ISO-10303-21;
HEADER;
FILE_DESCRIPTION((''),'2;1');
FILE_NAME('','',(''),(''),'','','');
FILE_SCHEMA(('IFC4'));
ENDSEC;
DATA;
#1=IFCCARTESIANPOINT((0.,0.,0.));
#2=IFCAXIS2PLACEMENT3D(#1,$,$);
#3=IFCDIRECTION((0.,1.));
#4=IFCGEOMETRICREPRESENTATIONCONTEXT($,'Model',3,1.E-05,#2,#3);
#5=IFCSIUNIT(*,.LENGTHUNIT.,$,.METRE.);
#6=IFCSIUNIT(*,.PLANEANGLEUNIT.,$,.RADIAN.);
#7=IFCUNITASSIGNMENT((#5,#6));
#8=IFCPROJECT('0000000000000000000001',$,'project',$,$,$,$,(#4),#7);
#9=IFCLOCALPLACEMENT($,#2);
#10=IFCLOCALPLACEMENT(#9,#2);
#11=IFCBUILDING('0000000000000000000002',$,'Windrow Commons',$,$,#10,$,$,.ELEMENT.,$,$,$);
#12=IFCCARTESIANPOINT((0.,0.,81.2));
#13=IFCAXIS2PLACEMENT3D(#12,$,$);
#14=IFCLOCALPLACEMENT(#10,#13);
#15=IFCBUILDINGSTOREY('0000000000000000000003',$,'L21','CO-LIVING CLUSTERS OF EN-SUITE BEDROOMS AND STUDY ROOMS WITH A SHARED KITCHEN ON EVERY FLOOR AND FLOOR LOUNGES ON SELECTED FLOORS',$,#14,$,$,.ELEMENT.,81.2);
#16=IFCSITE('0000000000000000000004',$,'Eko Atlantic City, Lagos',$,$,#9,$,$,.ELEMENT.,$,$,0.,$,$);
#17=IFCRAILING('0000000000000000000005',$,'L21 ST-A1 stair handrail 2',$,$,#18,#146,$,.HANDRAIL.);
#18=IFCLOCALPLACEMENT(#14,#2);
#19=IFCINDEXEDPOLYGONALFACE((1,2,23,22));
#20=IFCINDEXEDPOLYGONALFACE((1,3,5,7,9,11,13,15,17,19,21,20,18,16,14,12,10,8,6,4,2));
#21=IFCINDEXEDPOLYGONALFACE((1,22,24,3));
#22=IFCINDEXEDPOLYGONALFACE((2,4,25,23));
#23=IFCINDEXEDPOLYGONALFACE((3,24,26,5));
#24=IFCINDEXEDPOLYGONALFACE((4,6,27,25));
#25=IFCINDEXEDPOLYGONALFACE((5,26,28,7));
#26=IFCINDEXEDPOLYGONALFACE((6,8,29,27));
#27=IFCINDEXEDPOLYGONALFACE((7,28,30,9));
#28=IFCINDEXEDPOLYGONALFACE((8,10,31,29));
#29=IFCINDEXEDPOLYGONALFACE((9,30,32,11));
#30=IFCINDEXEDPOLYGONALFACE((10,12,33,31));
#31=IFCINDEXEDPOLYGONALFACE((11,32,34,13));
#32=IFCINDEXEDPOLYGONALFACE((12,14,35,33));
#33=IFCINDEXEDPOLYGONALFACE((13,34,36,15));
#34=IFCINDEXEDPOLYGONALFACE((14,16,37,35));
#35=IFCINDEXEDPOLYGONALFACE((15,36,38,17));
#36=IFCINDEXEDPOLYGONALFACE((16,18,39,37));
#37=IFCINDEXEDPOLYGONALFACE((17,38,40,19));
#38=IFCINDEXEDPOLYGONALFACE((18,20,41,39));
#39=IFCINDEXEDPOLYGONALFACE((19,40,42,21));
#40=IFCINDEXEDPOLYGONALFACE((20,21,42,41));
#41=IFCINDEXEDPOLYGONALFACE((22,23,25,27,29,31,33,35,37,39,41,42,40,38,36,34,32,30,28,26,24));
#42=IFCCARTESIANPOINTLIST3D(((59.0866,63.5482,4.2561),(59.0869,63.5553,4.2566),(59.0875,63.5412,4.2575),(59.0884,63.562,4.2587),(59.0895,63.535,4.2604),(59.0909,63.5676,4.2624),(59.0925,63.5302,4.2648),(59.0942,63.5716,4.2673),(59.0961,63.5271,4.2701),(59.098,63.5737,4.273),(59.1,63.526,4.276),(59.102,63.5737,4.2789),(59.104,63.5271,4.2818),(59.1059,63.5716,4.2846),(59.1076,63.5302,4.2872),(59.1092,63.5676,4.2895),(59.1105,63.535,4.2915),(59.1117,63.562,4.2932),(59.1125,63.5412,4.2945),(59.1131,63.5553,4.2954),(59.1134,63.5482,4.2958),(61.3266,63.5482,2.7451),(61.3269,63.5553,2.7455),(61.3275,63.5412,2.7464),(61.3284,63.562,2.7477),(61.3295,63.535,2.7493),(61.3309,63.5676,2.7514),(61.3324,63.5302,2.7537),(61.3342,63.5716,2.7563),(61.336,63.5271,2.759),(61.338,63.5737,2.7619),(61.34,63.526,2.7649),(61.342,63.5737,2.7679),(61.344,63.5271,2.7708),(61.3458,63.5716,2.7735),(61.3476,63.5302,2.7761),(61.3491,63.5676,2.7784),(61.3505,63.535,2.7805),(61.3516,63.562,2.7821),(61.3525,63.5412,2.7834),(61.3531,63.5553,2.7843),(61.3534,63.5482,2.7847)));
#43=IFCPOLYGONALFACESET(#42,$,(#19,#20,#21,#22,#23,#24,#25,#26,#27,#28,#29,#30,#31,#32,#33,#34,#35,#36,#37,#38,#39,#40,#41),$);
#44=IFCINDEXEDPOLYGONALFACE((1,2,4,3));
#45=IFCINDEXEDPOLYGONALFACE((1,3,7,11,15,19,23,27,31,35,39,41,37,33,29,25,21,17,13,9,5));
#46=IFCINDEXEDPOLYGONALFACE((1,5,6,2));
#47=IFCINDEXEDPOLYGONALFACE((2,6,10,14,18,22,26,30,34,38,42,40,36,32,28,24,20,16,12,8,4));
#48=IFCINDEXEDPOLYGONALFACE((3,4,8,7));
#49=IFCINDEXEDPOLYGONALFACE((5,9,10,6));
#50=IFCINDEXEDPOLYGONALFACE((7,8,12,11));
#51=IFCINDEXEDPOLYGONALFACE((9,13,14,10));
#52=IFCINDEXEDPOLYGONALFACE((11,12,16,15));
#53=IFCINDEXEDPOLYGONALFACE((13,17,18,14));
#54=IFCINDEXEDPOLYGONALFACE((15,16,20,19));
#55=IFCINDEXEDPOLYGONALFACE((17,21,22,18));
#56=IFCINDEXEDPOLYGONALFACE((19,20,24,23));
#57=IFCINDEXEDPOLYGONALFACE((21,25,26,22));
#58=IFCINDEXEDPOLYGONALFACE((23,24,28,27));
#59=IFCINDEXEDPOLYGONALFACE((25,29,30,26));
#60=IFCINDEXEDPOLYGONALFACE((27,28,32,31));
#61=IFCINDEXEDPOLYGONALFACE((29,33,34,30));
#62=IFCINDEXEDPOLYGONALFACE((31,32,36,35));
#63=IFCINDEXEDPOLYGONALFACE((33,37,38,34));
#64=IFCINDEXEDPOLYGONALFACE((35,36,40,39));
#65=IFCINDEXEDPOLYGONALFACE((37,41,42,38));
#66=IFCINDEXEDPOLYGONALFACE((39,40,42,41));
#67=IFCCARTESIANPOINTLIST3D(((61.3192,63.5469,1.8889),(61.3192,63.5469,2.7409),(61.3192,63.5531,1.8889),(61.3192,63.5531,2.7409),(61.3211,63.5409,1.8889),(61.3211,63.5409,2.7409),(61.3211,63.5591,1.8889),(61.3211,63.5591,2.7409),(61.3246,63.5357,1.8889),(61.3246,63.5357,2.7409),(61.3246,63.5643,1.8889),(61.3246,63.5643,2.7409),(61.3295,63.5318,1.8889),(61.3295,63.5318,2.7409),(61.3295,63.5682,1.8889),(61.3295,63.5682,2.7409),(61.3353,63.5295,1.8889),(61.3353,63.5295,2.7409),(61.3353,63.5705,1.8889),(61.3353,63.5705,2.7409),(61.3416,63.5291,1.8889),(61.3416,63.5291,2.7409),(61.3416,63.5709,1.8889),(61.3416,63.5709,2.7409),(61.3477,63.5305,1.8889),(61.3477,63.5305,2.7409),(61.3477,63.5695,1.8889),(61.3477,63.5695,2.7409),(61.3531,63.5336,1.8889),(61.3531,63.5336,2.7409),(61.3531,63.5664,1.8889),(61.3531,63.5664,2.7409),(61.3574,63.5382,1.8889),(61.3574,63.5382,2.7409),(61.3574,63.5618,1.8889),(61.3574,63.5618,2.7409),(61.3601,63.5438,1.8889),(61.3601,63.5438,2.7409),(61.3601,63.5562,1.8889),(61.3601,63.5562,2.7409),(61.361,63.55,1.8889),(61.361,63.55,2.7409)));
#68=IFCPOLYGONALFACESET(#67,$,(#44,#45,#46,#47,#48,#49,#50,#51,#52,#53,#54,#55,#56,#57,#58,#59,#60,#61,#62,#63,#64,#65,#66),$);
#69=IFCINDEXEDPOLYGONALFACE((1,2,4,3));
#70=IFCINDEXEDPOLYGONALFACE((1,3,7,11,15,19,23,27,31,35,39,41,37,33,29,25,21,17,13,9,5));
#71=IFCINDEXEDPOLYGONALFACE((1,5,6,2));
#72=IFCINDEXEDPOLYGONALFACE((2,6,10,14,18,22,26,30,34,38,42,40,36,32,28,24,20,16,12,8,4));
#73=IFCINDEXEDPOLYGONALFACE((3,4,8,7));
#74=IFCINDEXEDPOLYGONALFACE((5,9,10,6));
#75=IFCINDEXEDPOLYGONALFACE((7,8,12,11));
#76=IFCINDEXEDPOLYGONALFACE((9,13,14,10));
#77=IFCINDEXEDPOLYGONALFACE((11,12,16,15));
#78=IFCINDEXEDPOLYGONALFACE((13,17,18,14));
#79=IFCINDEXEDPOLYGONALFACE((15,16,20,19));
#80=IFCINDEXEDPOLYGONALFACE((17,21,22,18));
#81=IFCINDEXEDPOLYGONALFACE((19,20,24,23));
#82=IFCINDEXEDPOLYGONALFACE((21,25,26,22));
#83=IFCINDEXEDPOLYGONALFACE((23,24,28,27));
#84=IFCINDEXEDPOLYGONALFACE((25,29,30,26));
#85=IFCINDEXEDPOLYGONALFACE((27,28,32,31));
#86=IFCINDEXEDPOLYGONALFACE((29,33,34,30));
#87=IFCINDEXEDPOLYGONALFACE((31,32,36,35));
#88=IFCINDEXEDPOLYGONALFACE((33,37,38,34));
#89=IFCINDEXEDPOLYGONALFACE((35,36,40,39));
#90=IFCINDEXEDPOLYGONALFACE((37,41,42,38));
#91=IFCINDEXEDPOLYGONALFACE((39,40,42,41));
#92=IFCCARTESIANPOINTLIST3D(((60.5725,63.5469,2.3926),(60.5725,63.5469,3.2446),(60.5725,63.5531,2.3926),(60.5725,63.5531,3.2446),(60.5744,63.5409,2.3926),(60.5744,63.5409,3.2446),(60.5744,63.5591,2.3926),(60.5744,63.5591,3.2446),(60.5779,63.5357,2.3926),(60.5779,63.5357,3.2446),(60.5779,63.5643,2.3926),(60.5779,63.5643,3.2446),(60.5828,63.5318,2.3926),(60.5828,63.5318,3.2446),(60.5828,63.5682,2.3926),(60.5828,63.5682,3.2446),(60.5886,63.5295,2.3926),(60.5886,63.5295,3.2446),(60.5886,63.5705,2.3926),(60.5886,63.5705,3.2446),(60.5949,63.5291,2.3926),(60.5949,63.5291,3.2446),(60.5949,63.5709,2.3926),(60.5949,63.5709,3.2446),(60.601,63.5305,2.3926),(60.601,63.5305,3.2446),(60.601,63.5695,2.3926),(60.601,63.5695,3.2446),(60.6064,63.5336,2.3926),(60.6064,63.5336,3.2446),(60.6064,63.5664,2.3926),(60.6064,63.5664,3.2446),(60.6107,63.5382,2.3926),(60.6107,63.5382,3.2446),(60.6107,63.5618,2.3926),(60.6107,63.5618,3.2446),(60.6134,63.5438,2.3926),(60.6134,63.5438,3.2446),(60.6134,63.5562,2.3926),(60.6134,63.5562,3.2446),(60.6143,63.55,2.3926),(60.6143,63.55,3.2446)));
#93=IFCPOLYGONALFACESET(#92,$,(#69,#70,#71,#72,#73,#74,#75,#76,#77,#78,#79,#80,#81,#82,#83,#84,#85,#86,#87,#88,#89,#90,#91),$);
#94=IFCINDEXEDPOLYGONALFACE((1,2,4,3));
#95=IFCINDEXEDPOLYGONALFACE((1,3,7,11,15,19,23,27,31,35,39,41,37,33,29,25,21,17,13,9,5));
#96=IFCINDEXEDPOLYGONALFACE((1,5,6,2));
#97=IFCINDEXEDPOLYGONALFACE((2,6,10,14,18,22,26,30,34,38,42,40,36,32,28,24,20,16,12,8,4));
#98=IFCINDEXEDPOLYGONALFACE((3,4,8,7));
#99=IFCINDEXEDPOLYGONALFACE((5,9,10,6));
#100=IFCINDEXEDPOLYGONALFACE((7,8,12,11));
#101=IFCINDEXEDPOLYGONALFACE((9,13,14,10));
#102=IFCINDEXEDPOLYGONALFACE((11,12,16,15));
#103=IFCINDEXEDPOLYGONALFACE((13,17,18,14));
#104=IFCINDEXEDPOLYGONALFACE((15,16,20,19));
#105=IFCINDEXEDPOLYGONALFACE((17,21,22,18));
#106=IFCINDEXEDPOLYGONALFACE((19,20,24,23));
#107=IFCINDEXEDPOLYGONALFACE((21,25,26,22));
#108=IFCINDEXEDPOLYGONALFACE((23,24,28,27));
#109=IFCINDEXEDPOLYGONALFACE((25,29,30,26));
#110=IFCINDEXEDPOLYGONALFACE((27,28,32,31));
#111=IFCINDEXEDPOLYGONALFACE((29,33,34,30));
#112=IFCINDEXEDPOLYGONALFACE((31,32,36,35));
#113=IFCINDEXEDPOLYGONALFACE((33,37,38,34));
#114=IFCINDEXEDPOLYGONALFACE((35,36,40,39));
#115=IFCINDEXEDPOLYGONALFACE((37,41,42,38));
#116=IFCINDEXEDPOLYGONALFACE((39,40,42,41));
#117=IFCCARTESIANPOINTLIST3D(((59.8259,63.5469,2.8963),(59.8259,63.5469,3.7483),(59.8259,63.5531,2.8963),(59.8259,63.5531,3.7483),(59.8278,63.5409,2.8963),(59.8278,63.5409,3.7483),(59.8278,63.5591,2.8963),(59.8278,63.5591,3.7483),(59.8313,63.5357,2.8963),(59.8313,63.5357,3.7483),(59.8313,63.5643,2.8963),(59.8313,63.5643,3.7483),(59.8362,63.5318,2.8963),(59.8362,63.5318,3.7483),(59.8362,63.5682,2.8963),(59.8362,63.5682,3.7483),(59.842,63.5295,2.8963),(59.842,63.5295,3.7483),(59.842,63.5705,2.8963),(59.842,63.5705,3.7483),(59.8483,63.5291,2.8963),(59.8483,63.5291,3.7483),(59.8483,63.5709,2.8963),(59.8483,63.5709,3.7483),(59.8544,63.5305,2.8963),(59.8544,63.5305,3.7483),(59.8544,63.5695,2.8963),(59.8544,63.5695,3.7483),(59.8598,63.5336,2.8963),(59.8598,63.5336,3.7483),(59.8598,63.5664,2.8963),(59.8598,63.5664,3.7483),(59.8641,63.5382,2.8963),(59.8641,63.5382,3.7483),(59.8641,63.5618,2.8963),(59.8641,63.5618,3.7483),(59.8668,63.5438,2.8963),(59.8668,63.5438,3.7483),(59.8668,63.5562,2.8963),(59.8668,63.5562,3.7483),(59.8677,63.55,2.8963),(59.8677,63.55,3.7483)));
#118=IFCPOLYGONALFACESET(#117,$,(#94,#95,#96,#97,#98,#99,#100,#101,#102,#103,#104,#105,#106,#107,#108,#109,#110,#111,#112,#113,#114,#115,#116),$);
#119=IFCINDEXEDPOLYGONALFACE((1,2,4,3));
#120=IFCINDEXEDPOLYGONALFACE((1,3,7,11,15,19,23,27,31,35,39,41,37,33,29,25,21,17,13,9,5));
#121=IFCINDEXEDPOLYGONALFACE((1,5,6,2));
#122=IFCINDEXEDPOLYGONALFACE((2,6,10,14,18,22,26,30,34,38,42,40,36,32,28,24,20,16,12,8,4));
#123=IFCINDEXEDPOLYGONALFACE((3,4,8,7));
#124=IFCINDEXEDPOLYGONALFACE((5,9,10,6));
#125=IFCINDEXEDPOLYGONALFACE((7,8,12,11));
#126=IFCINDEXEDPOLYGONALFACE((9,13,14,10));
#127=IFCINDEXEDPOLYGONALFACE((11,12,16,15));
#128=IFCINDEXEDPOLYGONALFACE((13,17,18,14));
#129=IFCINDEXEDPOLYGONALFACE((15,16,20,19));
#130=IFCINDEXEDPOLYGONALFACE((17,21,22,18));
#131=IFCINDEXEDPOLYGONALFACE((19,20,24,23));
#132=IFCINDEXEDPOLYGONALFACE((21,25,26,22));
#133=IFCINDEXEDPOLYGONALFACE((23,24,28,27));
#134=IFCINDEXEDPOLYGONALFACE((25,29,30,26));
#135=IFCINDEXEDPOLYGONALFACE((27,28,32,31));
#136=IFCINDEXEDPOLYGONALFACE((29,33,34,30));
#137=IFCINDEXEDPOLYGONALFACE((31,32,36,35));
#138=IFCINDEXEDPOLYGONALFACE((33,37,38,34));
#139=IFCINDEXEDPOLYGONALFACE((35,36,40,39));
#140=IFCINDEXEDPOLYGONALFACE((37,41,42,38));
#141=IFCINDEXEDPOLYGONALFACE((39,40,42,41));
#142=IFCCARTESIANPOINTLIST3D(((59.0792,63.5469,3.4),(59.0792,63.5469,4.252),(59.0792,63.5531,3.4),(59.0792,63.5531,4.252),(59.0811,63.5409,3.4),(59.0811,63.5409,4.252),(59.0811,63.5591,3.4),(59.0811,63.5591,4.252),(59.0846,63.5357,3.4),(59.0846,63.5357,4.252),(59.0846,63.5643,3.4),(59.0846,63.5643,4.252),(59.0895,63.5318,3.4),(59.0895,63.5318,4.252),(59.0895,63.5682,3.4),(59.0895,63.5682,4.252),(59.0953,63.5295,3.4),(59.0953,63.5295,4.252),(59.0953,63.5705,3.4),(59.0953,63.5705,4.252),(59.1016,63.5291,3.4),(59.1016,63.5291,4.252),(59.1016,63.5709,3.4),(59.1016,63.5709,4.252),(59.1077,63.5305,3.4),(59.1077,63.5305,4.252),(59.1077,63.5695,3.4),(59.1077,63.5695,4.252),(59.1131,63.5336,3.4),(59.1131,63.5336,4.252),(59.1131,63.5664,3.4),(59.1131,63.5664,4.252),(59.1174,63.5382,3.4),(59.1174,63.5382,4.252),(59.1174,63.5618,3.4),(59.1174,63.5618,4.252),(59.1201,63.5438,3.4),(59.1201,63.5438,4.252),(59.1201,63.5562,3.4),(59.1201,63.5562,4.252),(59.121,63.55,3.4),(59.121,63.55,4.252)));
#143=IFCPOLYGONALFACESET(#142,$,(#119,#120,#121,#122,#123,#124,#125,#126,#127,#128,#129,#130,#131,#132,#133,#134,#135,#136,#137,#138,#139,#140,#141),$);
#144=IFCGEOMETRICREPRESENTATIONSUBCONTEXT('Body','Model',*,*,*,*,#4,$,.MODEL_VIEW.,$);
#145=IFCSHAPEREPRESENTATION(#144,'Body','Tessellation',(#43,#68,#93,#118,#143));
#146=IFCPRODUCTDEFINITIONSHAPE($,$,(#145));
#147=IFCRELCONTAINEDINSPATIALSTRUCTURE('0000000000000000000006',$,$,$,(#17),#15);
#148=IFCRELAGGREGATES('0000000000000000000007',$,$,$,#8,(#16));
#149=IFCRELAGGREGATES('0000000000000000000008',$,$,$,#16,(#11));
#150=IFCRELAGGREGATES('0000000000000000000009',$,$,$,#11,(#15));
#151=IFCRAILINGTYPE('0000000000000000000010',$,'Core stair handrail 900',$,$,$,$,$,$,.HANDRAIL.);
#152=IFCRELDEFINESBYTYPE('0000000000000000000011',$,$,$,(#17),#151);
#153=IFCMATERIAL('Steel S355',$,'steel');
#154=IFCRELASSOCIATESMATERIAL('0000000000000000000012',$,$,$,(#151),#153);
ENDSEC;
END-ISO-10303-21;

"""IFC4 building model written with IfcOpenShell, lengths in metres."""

from ifc_helpers import new_model, si_unit, direction, frame, origin, origin_2d, place, context, subcontext, project, spatial, circle, extrude, material, type_object, element, save


model = new_model("IFC4")

# Units and contexts
model_context = context("Model", 3, precision=1e-05, world=origin(), true_north=direction((0.0, 1.0)))
body_context = subcontext(model_context, "Body", "Model", "MODEL_VIEW")
ifc_project = project(units=[si_unit("LENGTHUNIT", "METRE"), si_unit("PLANEANGLEUNIT", "RADIAN")], contexts=[model_context])

# Site, building, storey
site_placement = place(None, origin())
site = spatial("IfcSite", under=ifc_project, at=site_placement, Name="Eko Atlantic City, Lagos", CompositionType="ELEMENT", RefElevation=0.0)
building_placement = place(site_placement, origin())
building = spatial("IfcBuilding", under=site, at=building_placement, Name="Windrow Commons", CompositionType="ELEMENT")
storey_placement = place(building_placement, frame((0.0, 0.0, 81.2)))
storey = spatial("IfcBuildingStorey", under=building, at=storey_placement, Name="L21", Description="CO-LIVING CLUSTERS OF EN-SUITE BEDROOMS AND STUDY ROOMS WITH A SHARED KITCHEN ON EVERY FLOOR AND FLOOR LOUNGES ON SELECTED FLOORS", CompositionType="ELEMENT", Elevation=81.2)

# Railing
ifc_material_1 = material(Name="Steel S355", Category="steel")
railing_type_1 = type_object("IfcRailingType", Name="Core stair handrail 900", PredefinedType="HANDRAIL", material=ifc_material_1)
for number, where, name in (
    (1, (61.34, 63.55, 1.8889), "L21 ST-A1 stair handrail 2"),
):
    element("IfcRailing", number, at=place(storey_placement, frame(where)), inside=storey, type_object=railing_type_1, Name=name, PredefinedType="HANDRAIL", context=body_context, shape_type="SweptSolid", body=[
        extrude(circle(Radius=0.024, at=origin_2d()), frame((0.0, 0.0, 0.876), z_axis=(-0.829003, 0.0, 0.559244), x_axis=(0.0, -1.0, 0.0)), (0.0, 0.0, 1.0), 2.702),
        extrude(circle(Radius=0.021, at=origin_2d()), origin(), (0.0, 0.0, 1.0), 0.852),
        extrude(circle(Radius=0.021, at=origin_2d()), frame((-0.7467, 0.0, 0.5037)), (0.0, 0.0, 1.0), 0.852),
        extrude(circle(Radius=0.021, at=origin_2d()), frame((-1.4933, 0.0, 1.0074)), (0.0, 0.0, 1.0), 0.852),
        extrude(circle(Radius=0.021, at=origin_2d()), frame((-2.24, 0.0, 1.5111)), (0.0, 0.0, 1.0), 0.852),
    ])

save(model, "model.ifc")
